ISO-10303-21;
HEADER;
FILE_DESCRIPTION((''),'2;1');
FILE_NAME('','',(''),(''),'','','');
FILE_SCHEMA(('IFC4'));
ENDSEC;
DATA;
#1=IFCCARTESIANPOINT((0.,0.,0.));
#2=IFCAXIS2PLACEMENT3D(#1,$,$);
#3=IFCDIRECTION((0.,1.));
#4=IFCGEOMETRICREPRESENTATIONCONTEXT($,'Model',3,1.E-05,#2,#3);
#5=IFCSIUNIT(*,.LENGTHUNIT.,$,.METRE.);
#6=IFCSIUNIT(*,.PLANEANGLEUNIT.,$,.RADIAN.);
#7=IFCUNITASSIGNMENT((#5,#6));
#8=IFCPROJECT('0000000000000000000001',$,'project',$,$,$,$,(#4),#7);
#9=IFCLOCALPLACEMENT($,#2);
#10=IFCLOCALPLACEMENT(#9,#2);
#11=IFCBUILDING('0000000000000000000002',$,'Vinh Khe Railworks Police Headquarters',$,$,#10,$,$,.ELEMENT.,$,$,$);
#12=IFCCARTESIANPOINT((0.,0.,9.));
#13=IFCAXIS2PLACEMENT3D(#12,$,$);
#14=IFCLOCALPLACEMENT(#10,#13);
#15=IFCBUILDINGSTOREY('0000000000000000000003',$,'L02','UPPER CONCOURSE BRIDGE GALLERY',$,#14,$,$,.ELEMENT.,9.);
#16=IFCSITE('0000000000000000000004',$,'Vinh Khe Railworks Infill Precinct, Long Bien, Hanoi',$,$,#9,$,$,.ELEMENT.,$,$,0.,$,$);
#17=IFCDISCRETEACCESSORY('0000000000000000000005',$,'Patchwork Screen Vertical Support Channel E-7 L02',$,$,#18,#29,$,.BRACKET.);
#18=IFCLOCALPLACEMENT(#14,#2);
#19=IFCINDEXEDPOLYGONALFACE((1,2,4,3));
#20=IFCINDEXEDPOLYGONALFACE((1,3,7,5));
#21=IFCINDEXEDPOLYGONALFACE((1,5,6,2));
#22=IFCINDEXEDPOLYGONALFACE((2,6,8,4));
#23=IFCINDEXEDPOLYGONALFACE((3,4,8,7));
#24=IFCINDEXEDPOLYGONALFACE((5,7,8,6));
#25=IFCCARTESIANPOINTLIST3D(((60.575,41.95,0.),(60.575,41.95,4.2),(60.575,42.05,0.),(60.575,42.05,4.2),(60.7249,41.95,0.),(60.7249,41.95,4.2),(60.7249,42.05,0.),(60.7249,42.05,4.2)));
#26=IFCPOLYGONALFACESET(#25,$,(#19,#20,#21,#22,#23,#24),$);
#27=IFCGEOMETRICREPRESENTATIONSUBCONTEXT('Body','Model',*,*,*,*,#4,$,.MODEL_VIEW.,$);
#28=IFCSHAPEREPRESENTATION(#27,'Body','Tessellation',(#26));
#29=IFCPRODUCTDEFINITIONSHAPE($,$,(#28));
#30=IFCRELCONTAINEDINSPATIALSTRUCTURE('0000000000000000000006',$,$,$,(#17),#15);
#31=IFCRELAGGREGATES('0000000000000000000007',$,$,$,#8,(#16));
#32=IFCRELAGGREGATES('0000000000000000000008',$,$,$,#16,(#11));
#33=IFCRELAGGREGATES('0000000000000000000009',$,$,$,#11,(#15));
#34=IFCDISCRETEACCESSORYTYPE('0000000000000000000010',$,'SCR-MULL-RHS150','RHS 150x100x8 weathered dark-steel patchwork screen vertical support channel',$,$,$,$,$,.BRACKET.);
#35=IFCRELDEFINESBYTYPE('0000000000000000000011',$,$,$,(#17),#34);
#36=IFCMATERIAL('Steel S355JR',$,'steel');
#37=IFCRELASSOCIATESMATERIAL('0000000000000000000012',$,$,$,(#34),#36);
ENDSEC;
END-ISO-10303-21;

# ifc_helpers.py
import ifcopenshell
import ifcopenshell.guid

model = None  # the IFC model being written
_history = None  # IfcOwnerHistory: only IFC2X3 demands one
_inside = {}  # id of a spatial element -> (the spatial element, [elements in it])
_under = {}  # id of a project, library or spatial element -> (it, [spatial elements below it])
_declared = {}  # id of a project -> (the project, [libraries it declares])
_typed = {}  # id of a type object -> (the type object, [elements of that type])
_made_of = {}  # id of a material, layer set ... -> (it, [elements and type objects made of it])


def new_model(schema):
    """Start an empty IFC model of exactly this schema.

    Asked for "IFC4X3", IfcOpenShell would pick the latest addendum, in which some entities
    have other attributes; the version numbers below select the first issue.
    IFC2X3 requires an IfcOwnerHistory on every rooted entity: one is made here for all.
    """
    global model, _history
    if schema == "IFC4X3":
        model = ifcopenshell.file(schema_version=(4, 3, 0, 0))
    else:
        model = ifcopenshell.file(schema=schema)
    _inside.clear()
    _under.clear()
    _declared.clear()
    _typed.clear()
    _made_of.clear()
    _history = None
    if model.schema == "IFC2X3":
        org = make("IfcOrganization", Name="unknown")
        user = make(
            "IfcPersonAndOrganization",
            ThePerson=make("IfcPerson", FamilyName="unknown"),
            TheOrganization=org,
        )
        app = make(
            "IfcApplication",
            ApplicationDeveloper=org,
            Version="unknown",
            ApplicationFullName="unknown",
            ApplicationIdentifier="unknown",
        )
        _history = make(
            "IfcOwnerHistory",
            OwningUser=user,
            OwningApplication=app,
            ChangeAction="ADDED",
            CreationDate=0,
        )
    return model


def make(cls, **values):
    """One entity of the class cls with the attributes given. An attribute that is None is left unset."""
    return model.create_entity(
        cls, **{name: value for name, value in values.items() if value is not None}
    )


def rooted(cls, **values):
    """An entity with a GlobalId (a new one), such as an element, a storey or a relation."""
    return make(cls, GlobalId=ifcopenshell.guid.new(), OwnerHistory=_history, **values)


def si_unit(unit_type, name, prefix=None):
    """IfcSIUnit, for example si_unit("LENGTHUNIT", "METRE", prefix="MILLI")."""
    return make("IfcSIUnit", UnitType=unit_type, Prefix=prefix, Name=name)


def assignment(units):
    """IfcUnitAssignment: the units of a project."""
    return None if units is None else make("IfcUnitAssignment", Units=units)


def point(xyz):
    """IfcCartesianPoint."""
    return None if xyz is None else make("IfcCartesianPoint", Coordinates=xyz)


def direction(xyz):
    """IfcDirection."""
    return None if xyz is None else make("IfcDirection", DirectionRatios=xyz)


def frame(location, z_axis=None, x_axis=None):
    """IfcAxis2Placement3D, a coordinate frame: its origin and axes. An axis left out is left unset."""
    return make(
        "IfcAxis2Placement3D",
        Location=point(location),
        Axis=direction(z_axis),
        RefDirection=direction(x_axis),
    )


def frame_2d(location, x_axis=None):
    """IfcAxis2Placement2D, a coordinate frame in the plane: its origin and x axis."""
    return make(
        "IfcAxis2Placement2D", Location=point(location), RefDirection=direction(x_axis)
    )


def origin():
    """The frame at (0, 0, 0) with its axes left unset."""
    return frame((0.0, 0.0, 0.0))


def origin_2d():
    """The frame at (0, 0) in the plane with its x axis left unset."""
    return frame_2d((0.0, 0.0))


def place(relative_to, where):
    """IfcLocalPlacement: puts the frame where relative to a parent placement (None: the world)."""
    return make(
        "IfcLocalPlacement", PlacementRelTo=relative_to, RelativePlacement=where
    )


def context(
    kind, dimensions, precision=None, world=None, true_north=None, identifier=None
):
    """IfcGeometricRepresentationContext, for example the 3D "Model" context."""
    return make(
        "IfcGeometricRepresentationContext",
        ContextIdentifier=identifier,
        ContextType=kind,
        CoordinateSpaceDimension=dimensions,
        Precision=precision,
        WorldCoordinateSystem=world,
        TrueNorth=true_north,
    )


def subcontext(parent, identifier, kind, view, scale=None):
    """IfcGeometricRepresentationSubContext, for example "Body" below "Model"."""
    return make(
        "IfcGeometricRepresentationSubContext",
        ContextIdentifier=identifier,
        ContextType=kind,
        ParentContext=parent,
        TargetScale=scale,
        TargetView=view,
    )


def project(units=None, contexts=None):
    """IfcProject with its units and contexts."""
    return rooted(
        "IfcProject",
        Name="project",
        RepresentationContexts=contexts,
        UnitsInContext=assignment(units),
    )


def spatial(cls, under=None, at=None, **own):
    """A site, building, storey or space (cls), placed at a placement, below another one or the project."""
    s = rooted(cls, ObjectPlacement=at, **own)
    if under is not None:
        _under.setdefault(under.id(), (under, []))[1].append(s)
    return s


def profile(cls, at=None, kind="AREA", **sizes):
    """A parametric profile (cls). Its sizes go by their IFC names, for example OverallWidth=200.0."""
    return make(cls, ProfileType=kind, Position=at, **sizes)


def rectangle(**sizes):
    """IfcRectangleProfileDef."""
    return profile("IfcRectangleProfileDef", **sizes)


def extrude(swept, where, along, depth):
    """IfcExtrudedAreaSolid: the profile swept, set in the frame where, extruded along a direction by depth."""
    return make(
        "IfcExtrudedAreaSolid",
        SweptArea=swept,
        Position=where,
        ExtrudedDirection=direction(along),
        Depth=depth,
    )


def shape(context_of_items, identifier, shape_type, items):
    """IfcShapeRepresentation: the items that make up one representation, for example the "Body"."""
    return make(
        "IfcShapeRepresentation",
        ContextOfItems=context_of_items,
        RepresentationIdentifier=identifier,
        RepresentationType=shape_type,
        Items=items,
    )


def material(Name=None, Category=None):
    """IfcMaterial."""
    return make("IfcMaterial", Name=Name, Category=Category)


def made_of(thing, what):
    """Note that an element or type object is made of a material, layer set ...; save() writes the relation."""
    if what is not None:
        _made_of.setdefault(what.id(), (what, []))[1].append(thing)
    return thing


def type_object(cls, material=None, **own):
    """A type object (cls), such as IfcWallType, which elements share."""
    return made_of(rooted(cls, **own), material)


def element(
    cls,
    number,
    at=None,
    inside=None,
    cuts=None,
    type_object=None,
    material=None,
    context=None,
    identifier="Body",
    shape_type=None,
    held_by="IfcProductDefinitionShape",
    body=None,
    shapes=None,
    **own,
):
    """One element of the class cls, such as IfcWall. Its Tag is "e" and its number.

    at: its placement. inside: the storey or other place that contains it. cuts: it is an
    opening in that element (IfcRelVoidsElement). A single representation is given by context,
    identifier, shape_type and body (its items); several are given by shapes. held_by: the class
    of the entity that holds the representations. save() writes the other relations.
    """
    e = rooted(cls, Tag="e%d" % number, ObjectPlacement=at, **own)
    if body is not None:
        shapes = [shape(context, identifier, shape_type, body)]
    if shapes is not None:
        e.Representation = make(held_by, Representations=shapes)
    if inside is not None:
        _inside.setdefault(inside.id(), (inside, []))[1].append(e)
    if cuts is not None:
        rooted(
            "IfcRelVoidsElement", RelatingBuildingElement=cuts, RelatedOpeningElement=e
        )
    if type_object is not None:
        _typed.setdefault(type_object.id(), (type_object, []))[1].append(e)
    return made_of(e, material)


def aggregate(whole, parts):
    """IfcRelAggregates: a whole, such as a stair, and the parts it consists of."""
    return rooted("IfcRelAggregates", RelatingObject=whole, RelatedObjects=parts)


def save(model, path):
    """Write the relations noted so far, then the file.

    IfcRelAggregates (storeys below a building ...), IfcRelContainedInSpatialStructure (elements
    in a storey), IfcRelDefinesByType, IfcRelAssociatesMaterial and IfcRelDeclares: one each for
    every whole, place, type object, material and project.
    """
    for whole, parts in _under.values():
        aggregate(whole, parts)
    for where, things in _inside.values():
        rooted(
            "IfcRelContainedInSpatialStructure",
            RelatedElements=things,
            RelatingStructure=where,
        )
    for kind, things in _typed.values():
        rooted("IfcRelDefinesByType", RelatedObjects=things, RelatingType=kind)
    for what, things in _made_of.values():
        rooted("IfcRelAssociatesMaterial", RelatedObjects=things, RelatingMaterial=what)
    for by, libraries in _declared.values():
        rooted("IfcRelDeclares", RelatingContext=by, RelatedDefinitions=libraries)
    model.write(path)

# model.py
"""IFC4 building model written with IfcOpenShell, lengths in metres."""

from ifc_helpers import new_model, si_unit, direction, frame, origin, origin_2d, place, context, subcontext, project, spatial, rectangle, extrude, material, type_object, element, save


model = new_model("IFC4")

# Units and contexts
model_context = context("Model", 3, precision=1e-05, world=origin(), true_north=direction((0.0, 1.0)))
body_context = subcontext(model_context, "Body", "Model", "MODEL_VIEW")
ifc_project = project(units=[si_unit("LENGTHUNIT", "METRE"), si_unit("PLANEANGLEUNIT", "RADIAN")], contexts=[model_context])

# Site, building, storey
site_placement = place(None, origin())
site = spatial("IfcSite", under=ifc_project, at=site_placement, Name="Vinh Khe Railworks Infill Precinct, Long Bien, Hanoi", CompositionType="ELEMENT", RefElevation=0.0)
building_placement = place(site_placement, origin())
building = spatial("IfcBuilding", under=site, at=building_placement, Name="Vinh Khe Railworks Police Headquarters", CompositionType="ELEMENT")
storey_placement = place(building_placement, frame((0.0, 0.0, 9.0)))
storey = spatial("IfcBuildingStorey", under=building, at=storey_placement, Name="L02", Description="UPPER CONCOURSE BRIDGE GALLERY", CompositionType="ELEMENT", Elevation=9.0)

# Shared definitions
ifc_material_1 = material(Name="Steel S355JR", Category="steel")

# Discrete accessory
discrete_accessory_type_1 = type_object("IfcDiscreteAccessoryType", Name="SCR-MULL-RHS150", Description="RHS 150x100x8 weathered dark-steel patchwork screen vertical support channel", PredefinedType="BRACKET", material=ifc_material_1)
for number, where, z_axis, x_axis, name in (
    (1, (60.6499, 42.0, 0.0), (0.0, 0.0, 1.0), (1.0, 0.0, 0.0), "Patchwork Screen Vertical Support Channel E-7 L02"),
):
    element("IfcDiscreteAccessory", number, at=place(storey_placement, frame(where, z_axis=z_axis, x_axis=x_axis)), inside=storey, type_object=discrete_accessory_type_1, Name=name, PredefinedType="BRACKET", context=body_context, shape_type="SweptSolid", body=[
        extrude(rectangle(XDim=0.1499, YDim=0.1001, at=origin_2d()), origin(), (0.0, 0.0, 1.0), 4.2),
    ])

save(model, "model.ifc")
